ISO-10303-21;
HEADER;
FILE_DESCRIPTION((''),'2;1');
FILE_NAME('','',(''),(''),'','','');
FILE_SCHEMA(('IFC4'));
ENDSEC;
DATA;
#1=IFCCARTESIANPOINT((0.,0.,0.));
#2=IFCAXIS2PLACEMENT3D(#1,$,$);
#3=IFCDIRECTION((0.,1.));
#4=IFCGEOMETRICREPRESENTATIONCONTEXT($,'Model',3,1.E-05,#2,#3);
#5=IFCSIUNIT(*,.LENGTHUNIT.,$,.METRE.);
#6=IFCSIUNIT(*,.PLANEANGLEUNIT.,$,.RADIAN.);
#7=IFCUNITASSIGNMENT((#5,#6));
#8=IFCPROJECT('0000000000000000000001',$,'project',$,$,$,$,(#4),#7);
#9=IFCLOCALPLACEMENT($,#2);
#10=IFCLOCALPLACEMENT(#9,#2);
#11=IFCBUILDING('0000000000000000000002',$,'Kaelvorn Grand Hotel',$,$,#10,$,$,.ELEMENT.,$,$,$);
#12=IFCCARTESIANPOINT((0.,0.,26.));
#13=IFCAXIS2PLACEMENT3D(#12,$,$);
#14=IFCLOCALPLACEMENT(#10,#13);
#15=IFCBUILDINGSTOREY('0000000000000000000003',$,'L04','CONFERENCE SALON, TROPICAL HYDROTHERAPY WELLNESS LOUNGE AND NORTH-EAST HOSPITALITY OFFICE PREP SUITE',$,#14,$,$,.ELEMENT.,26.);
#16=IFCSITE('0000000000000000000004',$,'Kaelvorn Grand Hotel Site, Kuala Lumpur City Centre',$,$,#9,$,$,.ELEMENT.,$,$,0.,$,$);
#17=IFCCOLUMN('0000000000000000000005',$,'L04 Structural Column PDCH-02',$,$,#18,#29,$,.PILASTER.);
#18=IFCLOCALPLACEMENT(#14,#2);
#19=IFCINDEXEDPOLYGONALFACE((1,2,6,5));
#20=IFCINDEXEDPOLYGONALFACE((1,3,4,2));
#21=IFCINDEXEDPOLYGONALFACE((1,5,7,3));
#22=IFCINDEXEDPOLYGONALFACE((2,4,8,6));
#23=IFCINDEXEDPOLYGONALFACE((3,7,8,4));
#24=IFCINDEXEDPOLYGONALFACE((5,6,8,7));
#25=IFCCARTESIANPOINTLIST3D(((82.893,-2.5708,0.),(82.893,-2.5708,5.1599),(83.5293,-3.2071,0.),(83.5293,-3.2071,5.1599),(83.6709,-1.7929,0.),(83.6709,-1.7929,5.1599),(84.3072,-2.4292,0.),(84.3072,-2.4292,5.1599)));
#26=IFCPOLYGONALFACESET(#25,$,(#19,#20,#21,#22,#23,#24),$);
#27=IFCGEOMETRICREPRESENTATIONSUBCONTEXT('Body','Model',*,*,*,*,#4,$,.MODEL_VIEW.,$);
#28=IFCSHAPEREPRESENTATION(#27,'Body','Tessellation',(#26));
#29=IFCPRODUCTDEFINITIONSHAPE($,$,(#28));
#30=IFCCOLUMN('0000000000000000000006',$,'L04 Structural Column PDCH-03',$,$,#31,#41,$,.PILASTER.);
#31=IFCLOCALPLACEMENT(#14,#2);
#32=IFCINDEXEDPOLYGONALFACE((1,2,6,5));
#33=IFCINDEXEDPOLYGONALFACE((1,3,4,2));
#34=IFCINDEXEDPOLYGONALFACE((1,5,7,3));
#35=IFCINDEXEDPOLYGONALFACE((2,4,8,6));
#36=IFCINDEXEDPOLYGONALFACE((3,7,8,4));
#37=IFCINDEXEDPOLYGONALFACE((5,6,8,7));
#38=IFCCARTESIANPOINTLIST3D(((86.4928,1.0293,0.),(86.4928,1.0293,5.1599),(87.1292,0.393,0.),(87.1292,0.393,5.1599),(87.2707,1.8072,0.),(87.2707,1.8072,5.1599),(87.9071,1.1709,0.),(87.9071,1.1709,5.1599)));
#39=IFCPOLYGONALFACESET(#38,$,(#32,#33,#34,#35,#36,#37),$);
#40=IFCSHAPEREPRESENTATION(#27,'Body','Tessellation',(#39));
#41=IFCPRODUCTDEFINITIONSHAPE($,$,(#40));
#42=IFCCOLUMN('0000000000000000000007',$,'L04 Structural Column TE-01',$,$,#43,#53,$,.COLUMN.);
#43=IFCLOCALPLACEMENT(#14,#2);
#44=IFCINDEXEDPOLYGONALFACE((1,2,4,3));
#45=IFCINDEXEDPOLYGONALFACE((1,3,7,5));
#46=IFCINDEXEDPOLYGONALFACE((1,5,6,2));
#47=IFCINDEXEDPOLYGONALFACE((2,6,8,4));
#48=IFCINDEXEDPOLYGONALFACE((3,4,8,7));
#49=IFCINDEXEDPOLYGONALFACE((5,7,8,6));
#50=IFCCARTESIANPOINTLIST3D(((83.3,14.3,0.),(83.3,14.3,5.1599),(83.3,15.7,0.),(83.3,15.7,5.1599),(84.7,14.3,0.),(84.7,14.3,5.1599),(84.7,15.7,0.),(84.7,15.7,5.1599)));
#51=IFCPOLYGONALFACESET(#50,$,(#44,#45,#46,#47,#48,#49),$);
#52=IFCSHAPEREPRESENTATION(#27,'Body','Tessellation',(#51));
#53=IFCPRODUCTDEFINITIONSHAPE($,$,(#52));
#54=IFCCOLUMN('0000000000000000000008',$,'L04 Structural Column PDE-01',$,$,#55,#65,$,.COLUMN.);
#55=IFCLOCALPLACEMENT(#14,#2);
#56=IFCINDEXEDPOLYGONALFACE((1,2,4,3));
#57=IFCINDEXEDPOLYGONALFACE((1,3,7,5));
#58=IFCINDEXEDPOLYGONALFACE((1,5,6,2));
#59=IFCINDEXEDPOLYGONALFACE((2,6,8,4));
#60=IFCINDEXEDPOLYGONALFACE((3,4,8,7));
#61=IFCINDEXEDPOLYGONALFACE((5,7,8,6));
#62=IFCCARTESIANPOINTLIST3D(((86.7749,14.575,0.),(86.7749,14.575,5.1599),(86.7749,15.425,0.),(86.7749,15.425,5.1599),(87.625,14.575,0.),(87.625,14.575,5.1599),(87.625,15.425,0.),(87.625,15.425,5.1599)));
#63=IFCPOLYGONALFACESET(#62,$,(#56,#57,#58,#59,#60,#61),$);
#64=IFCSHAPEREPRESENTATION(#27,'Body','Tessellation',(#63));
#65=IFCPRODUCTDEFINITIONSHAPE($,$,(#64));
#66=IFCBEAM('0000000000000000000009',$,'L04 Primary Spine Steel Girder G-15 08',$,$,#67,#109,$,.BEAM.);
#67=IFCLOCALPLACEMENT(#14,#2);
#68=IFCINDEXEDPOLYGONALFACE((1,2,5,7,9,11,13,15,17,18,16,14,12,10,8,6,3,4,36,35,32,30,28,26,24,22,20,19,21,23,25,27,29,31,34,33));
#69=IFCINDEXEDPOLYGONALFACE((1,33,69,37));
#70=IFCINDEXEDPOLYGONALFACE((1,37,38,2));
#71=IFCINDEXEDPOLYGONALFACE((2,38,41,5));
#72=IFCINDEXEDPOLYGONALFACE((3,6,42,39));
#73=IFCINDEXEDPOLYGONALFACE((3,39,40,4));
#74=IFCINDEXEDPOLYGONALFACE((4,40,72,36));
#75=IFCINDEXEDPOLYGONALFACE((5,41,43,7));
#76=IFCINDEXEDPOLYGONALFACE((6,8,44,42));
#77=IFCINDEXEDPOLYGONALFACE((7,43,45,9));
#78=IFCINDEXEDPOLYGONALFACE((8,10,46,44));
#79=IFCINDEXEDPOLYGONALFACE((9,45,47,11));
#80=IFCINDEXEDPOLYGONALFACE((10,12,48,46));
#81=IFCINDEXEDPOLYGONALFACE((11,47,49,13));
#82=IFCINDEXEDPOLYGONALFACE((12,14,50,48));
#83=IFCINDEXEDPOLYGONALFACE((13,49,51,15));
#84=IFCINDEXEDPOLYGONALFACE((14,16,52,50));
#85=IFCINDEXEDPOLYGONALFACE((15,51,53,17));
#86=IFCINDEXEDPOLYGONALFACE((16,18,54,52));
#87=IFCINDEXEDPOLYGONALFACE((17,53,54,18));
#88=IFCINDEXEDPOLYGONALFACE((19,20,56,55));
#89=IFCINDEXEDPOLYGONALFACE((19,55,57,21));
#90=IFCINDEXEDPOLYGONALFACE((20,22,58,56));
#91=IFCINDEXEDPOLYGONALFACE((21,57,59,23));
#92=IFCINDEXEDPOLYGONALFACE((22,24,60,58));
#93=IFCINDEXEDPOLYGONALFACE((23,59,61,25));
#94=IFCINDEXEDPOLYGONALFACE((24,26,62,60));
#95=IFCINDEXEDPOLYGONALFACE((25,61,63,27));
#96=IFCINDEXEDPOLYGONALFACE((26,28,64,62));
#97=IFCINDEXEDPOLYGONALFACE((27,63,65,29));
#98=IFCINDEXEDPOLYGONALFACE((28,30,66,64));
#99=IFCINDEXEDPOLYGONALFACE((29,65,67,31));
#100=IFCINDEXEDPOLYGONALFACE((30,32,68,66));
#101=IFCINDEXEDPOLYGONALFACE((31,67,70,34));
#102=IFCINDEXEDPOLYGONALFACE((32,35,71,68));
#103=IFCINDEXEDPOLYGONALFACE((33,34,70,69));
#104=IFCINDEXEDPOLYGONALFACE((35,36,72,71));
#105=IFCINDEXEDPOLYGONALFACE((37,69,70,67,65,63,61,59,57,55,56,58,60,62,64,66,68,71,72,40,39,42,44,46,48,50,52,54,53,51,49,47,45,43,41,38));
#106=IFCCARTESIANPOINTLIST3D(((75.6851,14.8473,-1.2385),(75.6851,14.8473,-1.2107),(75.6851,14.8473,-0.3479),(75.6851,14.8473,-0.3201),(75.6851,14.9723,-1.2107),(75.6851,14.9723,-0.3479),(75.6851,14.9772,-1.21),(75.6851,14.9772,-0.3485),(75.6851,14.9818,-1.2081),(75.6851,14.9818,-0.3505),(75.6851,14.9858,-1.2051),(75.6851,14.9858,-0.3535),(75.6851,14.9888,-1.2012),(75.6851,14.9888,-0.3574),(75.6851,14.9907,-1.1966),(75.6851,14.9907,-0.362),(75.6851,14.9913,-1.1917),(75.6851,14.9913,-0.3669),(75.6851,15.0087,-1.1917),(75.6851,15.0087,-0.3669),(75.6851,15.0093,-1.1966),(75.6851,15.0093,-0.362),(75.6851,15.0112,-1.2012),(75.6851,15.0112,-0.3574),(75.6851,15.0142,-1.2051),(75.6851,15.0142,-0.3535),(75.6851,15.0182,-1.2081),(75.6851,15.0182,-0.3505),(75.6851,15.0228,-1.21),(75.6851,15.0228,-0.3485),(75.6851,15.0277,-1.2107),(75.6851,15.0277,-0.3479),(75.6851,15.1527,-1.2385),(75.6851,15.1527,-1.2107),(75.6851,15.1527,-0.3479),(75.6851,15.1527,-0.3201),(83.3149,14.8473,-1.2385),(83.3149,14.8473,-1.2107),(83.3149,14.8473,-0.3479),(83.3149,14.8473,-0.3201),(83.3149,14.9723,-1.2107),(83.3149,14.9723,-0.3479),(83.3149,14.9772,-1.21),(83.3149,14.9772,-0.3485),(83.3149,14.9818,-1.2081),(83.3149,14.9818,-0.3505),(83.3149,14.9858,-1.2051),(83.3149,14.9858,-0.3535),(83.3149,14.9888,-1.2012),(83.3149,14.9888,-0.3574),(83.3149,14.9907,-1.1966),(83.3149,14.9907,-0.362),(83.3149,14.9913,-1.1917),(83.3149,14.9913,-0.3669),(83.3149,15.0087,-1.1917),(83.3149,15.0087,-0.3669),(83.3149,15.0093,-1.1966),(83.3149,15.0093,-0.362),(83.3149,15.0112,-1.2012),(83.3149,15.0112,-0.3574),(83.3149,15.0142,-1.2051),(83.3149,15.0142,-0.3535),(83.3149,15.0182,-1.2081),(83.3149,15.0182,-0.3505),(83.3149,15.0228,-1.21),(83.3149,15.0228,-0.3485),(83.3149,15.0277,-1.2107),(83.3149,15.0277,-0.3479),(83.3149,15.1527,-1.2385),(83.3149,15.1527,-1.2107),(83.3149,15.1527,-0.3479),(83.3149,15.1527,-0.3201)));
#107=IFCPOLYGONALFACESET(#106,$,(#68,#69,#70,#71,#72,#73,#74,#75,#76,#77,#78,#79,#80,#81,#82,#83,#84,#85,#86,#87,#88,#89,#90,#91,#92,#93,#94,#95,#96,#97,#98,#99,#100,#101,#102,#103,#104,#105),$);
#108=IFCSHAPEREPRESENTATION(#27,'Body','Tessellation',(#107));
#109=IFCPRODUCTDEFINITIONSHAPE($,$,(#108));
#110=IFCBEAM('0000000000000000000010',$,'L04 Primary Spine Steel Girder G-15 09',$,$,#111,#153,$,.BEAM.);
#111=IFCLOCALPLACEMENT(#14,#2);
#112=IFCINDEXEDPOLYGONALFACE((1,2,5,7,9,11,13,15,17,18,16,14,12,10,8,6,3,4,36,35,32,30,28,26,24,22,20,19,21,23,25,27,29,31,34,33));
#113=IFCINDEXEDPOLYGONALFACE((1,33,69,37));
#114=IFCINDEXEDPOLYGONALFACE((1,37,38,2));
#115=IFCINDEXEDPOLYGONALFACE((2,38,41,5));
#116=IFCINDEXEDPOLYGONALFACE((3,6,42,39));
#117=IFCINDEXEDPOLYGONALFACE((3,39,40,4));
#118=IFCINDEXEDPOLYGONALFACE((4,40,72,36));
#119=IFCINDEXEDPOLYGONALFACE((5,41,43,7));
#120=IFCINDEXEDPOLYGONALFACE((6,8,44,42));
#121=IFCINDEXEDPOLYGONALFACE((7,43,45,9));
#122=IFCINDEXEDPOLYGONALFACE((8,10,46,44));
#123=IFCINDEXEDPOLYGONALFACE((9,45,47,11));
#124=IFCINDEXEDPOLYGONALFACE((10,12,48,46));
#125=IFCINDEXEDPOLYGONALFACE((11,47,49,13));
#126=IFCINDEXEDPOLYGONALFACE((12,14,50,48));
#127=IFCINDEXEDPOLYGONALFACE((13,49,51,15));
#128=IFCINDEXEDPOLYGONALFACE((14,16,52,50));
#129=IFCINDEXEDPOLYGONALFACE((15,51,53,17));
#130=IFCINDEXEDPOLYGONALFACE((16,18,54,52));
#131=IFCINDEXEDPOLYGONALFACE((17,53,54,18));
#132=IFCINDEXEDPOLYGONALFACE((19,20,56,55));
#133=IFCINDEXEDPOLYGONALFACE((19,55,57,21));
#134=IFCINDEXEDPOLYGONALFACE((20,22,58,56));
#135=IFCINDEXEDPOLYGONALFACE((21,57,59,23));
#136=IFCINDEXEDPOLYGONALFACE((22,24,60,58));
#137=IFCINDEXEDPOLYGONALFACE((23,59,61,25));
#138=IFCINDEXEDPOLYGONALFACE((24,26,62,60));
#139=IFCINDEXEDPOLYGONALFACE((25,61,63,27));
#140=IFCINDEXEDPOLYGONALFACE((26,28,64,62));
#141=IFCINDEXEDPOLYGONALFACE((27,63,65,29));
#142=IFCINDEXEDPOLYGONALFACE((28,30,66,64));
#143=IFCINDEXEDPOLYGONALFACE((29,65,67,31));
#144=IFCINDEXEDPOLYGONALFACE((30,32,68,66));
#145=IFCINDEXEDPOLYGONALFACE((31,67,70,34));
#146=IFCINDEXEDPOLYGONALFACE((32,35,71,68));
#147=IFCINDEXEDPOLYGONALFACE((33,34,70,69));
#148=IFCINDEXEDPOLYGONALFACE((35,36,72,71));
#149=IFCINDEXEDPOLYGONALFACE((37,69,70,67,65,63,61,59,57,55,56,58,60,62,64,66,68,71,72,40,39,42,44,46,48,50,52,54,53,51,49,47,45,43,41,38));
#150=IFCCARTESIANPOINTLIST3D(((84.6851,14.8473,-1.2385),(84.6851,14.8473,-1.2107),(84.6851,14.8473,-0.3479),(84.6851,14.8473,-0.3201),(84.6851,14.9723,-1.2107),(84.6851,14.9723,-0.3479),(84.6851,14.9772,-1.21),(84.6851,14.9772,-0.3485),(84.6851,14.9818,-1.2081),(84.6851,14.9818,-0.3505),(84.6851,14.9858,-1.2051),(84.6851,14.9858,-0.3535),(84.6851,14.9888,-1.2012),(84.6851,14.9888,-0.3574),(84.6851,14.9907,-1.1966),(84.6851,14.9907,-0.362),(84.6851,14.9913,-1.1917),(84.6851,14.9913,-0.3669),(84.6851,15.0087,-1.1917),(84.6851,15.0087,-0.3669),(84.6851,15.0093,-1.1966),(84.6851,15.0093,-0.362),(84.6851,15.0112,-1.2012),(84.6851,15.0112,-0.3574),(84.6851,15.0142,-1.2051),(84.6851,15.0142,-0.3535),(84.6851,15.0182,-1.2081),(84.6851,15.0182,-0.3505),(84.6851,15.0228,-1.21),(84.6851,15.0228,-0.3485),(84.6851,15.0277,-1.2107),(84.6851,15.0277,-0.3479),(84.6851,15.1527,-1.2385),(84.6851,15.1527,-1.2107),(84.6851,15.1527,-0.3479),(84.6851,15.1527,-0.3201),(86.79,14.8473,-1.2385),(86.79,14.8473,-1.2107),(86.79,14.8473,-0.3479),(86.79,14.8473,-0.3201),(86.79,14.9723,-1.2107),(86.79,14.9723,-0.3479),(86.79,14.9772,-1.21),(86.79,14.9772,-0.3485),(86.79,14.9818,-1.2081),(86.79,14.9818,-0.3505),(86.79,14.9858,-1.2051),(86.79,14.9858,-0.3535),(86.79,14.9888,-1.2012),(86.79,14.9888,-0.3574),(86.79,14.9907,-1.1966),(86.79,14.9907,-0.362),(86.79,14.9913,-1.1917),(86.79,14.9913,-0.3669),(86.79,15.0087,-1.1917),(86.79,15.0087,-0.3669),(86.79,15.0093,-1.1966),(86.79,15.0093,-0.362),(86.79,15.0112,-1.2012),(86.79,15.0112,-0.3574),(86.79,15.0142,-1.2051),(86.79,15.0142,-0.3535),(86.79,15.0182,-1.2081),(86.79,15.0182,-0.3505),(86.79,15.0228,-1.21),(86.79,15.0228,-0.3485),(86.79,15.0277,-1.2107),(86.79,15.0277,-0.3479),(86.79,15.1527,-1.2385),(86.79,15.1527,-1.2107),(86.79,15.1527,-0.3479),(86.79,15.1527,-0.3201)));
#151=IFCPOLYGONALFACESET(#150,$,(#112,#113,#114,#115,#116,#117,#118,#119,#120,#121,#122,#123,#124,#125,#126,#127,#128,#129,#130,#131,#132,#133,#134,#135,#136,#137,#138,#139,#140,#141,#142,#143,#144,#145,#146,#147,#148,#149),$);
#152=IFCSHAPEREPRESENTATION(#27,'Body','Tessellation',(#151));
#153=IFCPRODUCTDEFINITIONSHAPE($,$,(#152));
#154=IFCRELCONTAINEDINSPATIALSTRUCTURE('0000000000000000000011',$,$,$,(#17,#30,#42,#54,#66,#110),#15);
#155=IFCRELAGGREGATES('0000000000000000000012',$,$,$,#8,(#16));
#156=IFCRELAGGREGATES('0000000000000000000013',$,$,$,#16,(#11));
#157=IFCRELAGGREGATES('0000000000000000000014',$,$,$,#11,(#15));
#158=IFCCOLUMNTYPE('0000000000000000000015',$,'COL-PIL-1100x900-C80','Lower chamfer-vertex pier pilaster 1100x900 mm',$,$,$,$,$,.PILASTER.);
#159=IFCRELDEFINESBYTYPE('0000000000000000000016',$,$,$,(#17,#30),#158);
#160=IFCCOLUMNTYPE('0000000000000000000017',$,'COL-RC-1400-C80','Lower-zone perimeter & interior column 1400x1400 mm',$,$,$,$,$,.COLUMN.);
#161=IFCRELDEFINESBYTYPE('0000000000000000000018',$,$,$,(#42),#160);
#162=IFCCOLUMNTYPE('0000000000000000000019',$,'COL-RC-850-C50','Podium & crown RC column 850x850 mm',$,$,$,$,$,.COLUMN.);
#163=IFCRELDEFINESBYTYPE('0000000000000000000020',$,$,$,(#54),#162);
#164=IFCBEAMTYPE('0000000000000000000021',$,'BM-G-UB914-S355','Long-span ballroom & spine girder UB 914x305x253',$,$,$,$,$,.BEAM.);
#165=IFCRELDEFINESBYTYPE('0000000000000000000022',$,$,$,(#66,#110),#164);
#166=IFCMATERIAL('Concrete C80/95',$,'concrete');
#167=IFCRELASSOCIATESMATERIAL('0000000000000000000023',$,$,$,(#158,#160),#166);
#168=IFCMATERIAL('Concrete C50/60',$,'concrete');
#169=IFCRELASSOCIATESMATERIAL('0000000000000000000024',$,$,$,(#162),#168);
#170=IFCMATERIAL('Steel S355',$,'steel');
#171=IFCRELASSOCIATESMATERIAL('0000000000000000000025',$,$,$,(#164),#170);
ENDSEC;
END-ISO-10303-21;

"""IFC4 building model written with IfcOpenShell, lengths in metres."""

from ifc_helpers import new_model, si_unit, direction, frame, origin, origin_2d, place, context, subcontext, project, spatial, rectangle, i_section, extrude, material, material_profile, profile_set, type_object, element, save


model = new_model("IFC4")

# Units and contexts
model_context = context("Model", 3, precision=1e-05, world=origin(), true_north=direction((0.0, 1.0)))
body_context = subcontext(model_context, "Body", "Model", "MODEL_VIEW")
ifc_project = project(units=[si_unit("LENGTHUNIT", "METRE"), si_unit("PLANEANGLEUNIT", "RADIAN")], contexts=[model_context])

# Site, building, storey
site_placement = place(None, origin())
site = spatial("IfcSite", under=ifc_project, at=site_placement, Name="Kaelvorn Grand Hotel Site, Kuala Lumpur City Centre", CompositionType="ELEMENT", RefElevation=0.0)
building_placement = place(site_placement, origin())
building = spatial("IfcBuilding", under=site, at=building_placement, Name="Kaelvorn Grand Hotel", CompositionType="ELEMENT")
storey_placement = place(building_placement, frame((0.0, 0.0, 26.0)))
storey = spatial("IfcBuildingStorey", under=building, at=storey_placement, Name="L04", Description="CONFERENCE SALON, TROPICAL HYDROTHERAPY WELLNESS LOUNGE AND NORTH-EAST HOSPITALITY OFFICE PREP SUITE", CompositionType="ELEMENT", Elevation=26.0)

# Columns
ifc_material_1 = material(Name="Concrete C80/95", Category="concrete")
ifc_material_profile_1 = material_profile(ifc_material_1, rectangle(XDim=1.1001, YDim=0.8999, at=origin_2d()), Name="RC PILASTER 1100x900")
ifc_profile_set_1 = profile_set([ifc_material_profile_1], Name="Concrete C80/95")
column_type_1 = type_object("IfcColumnType", Name="COL-PIL-1100x900-C80", Description="Lower chamfer-vertex pier pilaster 1100x900 mm", PredefinedType="PILASTER", material=ifc_profile_set_1)
for number, where, z_axis, x_axis, name in (
    (1, (83.6001, -2.5, 0.0), (0.0, 0.0, 1.0), (0.707107, 0.707107, 0.0), "L04 Structural Column PDCH-02"),
    (2, (87.2, 1.1001, 0.0), (0.0, 0.0, 1.0), (0.707107, 0.707107, 0.0), "L04 Structural Column PDCH-03"),
):
    element("IfcColumn", number, at=place(storey_placement, frame(where, z_axis=z_axis, x_axis=x_axis)), inside=storey, type_object=column_type_1, Name=name, PredefinedType="PILASTER", context=body_context, shape_type="SweptSolid", body=[
        extrude(rectangle(XDim=1.1001, YDim=0.8999, at=origin_2d()), origin(), (0.0, 0.0, 1.0), 5.1599),
    ])
ifc_material_profile_2 = material_profile(ifc_material_1, rectangle(XDim=1.3999, YDim=1.3999, at=origin_2d()), Name="RC COL 1400x1400")
ifc_profile_set_2 = profile_set([ifc_material_profile_2], Name="Concrete C80/95")
column_type_2 = type_object("IfcColumnType", Name="COL-RC-1400-C80", Description="Lower-zone perimeter & interior column 1400x1400 mm", PredefinedType="COLUMN", material=ifc_profile_set_2)
column_1_placement = place(storey_placement, frame((84.0, 15.0, 0.0), z_axis=(0.0, 0.0, 1.0), x_axis=(1.0, 0.0, 0.0)))
element("IfcColumn", 3, at=column_1_placement, inside=storey, type_object=column_type_2, Name="L04 Structural Column TE-01", PredefinedType="COLUMN", context=body_context, shape_type="SweptSolid", body=[
    extrude(rectangle(XDim=1.3999, YDim=1.3999, at=origin_2d()), origin(), (0.0, 0.0, 1.0), 5.1599),
])
ifc_material_2 = material(Name="Concrete C50/60", Category="concrete")
ifc_material_profile_3 = material_profile(ifc_material_2, rectangle(XDim=0.8501, YDim=0.8501, at=origin_2d()), Name="RC COL 850x850")
ifc_profile_set_3 = profile_set([ifc_material_profile_3], Name="Concrete C50/60")
column_type_3 = type_object("IfcColumnType", Name="COL-RC-850-C50", Description="Podium & crown RC column 850x850 mm", PredefinedType="COLUMN", material=ifc_profile_set_3)
column_2_placement = place(storey_placement, frame((87.2, 15.0, 0.0), z_axis=(0.0, 0.0, 1.0), x_axis=(1.0, 0.0, 0.0)))
element("IfcColumn", 4, at=column_2_placement, inside=storey, type_object=column_type_3, Name="L04 Structural Column PDE-01", PredefinedType="COLUMN", context=body_context, shape_type="SweptSolid", body=[
    extrude(rectangle(XDim=0.8501, YDim=0.8501, at=origin_2d()), origin(), (0.0, 0.0, 1.0), 5.1599),
])

# Beams
ifc_material_3 = material(Name="Steel S355", Category="steel")
ifc_material_profile_4 = material_profile(ifc_material_3, i_section(OverallWidth=0.3054, OverallDepth=0.9185, WebThickness=0.0173, FlangeThickness=0.0278, FilletRadius=0.019, at=origin_2d()), Name="UB 914x305x253")
ifc_profile_set_4 = profile_set([ifc_material_profile_4], Name="Steel S355")
beam_type_1 = type_object("IfcBeamType", Name="BM-G-UB914-S355", Description="Long-span ballroom & spine girder UB 914x305x253", PredefinedType="BEAM", material=ifc_profile_set_4)
beam_1_placement = place(storey_placement, frame((75.6851, 15.0, -0.7793), z_axis=(1.0, 0.0, 0.0), x_axis=(0.0, 1.0, 0.0)))
element("IfcBeam", 5, at=beam_1_placement, inside=storey, type_object=beam_type_1, Name="L04 Primary Spine Steel Girder G-15 08", PredefinedType="BEAM", context=body_context, shape_type="SweptSolid", body=[
    extrude(i_section(OverallWidth=0.3054, OverallDepth=0.9185, WebThickness=0.0173, FlangeThickness=0.0278, FilletRadius=0.019, at=origin_2d()), origin(), (0.0, 0.0, 1.0), 7.6299),
])
beam_2_placement = place(storey_placement, frame((84.6851, 15.0, -0.7793), z_axis=(1.0, 0.0, 0.0), x_axis=(0.0, 1.0, 0.0)))
element("IfcBeam", 6, at=beam_2_placement, inside=storey, type_object=beam_type_1, Name="L04 Primary Spine Steel Girder G-15 09", PredefinedType="BEAM", context=body_context, shape_type="SweptSolid", body=[
    extrude(i_section(OverallWidth=0.3054, OverallDepth=0.9185, WebThickness=0.0173, FlangeThickness=0.0278, FilletRadius=0.019, at=origin_2d()), origin(), (0.0, 0.0, 1.0), 2.105),
])

save(model, "model.ifc")
